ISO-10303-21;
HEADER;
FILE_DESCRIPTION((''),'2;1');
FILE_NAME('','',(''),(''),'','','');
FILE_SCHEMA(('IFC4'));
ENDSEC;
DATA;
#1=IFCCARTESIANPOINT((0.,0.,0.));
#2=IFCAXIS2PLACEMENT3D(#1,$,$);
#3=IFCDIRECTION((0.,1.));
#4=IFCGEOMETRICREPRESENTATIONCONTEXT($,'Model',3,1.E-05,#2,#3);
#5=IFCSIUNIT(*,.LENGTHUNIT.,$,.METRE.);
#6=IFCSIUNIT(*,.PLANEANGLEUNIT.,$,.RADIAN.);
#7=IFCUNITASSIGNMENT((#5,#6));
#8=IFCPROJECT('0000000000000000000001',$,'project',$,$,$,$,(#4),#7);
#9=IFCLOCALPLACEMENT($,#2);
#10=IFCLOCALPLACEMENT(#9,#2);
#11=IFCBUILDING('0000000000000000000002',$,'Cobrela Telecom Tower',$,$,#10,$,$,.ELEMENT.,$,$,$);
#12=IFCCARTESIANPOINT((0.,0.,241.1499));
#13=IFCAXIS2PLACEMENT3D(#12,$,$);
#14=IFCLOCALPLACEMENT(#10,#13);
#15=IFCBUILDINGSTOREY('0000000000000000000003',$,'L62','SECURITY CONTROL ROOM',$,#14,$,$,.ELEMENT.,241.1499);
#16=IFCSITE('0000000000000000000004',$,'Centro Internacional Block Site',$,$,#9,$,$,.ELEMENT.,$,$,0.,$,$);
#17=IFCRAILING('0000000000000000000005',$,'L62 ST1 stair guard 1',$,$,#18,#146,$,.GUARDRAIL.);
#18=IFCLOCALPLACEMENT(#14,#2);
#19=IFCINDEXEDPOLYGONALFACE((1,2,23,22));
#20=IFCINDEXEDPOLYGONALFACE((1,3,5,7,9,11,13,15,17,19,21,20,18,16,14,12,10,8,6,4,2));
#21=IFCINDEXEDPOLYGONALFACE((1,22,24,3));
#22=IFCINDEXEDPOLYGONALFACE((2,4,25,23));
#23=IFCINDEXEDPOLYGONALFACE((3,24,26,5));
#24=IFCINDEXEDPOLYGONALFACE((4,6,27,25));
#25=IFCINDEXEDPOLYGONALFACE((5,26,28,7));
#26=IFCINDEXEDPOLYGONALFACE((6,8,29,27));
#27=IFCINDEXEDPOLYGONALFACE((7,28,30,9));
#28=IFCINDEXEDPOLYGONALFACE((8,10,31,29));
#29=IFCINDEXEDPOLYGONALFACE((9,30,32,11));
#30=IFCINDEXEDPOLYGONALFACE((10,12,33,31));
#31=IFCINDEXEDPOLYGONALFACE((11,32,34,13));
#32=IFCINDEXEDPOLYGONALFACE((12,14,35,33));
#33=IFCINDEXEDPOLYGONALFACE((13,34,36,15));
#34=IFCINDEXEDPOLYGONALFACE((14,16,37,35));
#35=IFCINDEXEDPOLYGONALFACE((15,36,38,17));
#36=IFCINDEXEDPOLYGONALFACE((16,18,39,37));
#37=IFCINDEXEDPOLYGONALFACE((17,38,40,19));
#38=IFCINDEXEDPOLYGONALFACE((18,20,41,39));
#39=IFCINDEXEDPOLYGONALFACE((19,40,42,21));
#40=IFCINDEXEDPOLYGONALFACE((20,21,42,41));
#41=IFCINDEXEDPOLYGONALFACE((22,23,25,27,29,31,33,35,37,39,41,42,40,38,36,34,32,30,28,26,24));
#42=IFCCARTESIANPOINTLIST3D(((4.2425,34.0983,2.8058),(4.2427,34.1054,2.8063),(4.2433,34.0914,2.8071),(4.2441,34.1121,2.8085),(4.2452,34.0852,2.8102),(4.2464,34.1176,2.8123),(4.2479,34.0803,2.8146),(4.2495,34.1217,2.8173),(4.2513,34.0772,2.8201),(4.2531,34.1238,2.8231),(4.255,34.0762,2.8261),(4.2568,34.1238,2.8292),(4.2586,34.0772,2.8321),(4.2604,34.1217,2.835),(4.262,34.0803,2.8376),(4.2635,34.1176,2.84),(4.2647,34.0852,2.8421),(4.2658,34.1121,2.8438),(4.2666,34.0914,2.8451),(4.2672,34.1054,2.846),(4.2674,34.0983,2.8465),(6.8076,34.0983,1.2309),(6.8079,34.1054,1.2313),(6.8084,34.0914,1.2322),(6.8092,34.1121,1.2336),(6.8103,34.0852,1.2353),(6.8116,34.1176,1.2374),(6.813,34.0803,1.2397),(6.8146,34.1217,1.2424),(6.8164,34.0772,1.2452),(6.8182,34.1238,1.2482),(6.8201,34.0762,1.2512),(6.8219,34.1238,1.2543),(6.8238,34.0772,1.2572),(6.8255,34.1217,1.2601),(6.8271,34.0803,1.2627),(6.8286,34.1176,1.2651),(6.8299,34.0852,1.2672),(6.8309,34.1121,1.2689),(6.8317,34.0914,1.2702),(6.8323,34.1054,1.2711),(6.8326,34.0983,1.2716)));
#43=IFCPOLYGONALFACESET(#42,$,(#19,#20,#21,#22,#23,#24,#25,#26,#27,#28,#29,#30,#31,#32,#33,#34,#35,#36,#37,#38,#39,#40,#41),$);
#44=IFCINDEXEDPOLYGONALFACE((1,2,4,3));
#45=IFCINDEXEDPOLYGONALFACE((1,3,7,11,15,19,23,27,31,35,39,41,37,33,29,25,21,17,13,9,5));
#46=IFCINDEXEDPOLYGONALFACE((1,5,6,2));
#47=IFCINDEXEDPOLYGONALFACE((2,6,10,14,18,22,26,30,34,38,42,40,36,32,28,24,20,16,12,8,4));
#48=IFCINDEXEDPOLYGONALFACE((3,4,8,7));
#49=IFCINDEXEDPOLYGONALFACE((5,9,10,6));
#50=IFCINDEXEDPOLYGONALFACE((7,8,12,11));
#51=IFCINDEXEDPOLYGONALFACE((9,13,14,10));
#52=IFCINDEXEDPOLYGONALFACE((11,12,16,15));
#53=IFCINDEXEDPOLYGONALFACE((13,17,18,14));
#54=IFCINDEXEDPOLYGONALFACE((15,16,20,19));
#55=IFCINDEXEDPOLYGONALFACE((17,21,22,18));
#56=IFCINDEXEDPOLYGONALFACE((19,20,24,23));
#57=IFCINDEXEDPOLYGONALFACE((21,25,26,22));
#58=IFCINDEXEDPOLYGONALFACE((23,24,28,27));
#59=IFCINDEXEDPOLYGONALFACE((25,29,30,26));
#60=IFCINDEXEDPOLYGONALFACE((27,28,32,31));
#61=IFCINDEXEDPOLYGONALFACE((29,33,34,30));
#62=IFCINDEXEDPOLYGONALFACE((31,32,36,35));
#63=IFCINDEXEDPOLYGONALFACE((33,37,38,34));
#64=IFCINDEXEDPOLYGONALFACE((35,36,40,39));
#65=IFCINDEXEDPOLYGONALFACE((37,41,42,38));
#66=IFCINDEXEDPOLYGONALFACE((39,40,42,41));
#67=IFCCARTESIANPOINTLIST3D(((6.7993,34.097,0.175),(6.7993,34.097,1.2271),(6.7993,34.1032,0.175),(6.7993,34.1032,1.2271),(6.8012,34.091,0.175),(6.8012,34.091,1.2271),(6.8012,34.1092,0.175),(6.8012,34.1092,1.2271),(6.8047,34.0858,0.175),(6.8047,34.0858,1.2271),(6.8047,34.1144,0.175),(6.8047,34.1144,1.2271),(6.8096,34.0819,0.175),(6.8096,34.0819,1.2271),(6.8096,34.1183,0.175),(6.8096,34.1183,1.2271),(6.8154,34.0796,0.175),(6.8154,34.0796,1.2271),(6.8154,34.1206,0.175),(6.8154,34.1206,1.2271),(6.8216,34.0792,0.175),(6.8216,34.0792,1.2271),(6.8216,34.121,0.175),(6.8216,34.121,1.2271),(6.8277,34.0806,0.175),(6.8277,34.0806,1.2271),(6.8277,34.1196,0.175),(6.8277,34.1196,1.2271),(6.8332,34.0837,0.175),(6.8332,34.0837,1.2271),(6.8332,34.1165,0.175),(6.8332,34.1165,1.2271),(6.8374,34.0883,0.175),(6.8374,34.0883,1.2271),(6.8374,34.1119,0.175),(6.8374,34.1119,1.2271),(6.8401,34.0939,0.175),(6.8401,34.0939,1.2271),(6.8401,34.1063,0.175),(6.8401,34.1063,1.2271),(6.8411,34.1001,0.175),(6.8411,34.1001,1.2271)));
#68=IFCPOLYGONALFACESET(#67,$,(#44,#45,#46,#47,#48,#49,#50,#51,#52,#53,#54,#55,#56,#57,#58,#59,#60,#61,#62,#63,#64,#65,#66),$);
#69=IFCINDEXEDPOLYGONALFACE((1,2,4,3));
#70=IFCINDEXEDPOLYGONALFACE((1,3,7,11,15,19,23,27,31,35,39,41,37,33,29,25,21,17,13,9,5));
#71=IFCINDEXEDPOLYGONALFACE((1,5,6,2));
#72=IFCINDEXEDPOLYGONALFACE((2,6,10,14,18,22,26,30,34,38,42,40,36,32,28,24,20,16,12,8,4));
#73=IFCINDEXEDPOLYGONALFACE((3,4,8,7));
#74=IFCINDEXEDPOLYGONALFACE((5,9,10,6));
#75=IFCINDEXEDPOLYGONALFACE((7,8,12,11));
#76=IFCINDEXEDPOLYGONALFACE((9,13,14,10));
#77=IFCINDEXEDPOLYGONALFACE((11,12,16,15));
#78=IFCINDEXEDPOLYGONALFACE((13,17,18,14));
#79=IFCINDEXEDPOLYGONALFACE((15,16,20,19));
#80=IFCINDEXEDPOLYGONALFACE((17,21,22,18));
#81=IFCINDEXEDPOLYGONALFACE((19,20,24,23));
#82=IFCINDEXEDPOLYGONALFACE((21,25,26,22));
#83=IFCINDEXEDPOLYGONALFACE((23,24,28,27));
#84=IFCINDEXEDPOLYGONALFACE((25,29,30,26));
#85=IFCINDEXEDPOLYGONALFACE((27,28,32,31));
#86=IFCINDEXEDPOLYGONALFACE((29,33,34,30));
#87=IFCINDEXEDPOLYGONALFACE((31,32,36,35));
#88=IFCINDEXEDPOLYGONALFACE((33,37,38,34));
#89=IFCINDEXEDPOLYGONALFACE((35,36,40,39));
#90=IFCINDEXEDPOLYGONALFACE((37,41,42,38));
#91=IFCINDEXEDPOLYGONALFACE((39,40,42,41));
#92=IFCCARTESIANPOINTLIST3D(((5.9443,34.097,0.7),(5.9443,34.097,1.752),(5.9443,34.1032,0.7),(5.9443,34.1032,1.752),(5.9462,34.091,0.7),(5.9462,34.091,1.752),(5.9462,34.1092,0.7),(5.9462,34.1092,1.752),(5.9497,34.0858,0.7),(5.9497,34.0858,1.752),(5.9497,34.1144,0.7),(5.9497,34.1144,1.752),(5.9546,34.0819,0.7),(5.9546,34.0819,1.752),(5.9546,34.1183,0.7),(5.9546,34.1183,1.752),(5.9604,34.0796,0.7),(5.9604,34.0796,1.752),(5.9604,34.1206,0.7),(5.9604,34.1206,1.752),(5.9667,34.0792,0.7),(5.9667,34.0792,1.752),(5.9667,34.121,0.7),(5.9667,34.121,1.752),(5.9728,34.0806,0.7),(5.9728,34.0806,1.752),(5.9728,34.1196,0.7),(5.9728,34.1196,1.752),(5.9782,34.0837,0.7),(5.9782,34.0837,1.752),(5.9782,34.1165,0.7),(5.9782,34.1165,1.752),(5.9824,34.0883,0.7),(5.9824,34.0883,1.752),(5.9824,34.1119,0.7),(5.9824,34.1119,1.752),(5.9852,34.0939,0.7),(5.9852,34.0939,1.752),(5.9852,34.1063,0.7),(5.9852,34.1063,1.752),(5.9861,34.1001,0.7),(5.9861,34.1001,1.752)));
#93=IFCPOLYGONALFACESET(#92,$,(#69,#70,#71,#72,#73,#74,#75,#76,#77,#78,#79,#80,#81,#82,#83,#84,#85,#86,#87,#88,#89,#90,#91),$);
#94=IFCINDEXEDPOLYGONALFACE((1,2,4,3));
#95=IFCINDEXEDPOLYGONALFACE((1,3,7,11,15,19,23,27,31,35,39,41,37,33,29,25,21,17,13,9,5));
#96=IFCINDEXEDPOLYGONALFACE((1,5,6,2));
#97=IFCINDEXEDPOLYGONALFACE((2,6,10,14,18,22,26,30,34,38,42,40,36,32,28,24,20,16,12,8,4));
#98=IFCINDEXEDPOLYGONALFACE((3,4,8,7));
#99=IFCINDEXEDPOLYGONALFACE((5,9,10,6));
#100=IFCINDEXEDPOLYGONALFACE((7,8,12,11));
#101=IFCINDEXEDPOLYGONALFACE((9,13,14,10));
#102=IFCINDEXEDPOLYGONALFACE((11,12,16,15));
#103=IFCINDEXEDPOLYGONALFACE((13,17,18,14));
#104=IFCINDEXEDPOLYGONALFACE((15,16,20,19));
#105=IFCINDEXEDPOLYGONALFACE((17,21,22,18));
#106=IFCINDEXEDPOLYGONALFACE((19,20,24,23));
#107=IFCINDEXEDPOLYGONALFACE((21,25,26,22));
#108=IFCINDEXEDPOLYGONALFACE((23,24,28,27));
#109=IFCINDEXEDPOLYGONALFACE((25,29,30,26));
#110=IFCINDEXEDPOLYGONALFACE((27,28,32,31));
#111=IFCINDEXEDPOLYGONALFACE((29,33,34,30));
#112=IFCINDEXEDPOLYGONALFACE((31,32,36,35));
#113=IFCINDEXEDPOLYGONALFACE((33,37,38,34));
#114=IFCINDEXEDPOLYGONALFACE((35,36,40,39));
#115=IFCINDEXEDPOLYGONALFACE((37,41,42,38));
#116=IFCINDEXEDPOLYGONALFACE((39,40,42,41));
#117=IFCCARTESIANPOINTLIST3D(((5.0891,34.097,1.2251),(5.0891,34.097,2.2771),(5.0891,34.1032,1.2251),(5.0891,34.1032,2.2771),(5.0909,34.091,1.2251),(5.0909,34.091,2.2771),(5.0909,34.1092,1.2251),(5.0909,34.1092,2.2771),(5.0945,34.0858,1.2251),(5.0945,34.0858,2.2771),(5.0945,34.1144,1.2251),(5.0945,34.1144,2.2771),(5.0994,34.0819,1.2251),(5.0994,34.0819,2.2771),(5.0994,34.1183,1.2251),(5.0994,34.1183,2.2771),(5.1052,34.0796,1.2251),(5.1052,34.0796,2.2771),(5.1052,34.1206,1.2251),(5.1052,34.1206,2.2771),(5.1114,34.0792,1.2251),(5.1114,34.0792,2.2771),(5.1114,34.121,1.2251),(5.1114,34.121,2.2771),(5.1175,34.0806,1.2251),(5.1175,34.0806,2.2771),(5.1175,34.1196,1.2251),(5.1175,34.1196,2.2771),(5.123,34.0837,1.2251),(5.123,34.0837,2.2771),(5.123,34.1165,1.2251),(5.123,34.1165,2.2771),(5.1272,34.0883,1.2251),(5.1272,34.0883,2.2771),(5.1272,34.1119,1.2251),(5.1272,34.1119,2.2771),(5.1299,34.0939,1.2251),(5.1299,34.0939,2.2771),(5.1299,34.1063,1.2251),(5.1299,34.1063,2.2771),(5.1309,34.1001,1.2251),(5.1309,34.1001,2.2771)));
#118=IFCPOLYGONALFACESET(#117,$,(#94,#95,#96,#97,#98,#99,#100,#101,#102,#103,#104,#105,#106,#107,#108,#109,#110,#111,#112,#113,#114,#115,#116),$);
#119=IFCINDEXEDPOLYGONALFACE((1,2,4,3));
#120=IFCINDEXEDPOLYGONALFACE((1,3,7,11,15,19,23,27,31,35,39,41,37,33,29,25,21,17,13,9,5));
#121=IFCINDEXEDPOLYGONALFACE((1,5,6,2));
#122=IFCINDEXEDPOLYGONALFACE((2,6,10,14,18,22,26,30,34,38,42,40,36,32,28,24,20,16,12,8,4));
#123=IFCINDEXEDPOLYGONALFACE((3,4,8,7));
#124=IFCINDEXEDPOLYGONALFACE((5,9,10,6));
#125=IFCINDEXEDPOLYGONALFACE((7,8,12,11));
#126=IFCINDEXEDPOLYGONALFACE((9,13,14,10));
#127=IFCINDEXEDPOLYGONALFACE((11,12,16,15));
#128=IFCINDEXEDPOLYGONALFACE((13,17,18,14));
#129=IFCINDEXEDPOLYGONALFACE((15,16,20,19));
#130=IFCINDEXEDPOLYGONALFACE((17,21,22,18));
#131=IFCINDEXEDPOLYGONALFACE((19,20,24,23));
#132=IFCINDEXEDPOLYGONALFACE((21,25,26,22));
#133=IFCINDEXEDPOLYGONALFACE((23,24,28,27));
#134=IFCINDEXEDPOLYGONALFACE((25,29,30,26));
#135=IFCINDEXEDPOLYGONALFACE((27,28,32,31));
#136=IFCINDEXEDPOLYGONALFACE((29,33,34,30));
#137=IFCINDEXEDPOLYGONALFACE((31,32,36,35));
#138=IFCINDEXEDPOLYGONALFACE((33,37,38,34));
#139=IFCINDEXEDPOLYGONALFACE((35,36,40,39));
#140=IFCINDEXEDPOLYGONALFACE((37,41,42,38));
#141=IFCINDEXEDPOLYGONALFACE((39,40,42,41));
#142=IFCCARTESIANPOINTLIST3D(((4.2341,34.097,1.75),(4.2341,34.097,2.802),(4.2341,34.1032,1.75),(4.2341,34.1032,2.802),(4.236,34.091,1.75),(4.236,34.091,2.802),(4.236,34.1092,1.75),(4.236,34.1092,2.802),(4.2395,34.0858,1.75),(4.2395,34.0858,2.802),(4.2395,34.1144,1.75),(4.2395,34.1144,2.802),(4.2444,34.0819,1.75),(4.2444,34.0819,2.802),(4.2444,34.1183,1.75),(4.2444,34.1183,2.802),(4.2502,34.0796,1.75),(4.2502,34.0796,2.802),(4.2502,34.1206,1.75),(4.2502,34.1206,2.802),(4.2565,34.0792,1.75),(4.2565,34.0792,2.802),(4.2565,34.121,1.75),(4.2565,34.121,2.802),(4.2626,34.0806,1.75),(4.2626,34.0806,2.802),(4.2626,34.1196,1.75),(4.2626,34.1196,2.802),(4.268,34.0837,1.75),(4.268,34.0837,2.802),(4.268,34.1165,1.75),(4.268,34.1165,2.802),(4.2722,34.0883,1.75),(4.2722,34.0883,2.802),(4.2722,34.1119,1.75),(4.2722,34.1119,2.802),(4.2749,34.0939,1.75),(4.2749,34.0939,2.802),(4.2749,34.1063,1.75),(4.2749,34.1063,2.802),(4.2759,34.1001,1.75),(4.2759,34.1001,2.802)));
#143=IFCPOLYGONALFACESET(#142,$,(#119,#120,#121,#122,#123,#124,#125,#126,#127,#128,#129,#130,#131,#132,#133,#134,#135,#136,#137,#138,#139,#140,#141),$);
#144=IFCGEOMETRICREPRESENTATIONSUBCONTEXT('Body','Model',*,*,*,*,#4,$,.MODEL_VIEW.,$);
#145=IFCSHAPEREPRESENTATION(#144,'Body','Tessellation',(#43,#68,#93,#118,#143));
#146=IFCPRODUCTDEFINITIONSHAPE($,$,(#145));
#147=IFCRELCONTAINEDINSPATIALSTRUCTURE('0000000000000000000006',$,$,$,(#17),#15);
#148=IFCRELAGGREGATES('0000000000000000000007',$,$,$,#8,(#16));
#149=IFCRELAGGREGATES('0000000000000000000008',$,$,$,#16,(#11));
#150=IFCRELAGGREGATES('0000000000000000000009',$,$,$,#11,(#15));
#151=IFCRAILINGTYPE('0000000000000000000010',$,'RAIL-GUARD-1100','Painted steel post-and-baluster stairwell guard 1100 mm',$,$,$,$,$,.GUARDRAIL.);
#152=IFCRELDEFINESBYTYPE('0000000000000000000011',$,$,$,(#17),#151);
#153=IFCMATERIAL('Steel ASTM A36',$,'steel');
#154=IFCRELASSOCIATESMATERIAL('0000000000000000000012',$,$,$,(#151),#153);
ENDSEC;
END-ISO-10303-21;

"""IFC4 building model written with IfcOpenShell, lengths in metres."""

from ifc_helpers import new_model, si_unit, direction, frame, origin, origin_2d, place, context, subcontext, project, spatial, circle, extrude, material, type_object, element, save


model = new_model("IFC4")

# Units and contexts
model_context = context("Model", 3, precision=1e-05, world=origin(), true_north=direction((0.0, 1.0)))
body_context = subcontext(model_context, "Body", "Model", "MODEL_VIEW")
ifc_project = project(units=[si_unit("LENGTHUNIT", "METRE"), si_unit("PLANEANGLEUNIT", "RADIAN")], contexts=[model_context])

# Site, building, storey
site_placement = place(None, origin())
site = spatial("IfcSite", under=ifc_project, at=site_placement, Name="Centro Internacional Block Site", CompositionType="ELEMENT", RefElevation=0.0)
building_placement = place(site_placement, origin())
building = spatial("IfcBuilding", under=site, at=building_placement, Name="Cobrela Telecom Tower", CompositionType="ELEMENT")
storey_placement = place(building_placement, frame((0.0, 0.0, 241.1499)))
storey = spatial("IfcBuildingStorey", under=building, at=storey_placement, Name="L62", Description="SECURITY CONTROL ROOM", CompositionType="ELEMENT", Elevation=241.1499)

# Shared definitions
ifc_material_1 = material(Name="Steel ASTM A36", Category="steel")

# Railing
railing_type_1 = type_object("IfcRailingType", Name="RAIL-GUARD-1100", Description="Painted steel post-and-baluster stairwell guard 1100 mm", PredefinedType="GUARDRAIL", material=ifc_material_1)
railing_1_placement = place(storey_placement, frame((6.8201, 34.1001, 0.175)))
element("IfcRailing", 1, at=railing_1_placement, inside=storey, type_object=railing_type_1, Name="L62 ST1 stair guard 1", PredefinedType="GUARDRAIL", context=body_context, shape_type="SweptSolid", body=[
    extrude(circle(Radius=0.0239, at=origin_2d()), frame((0.0, 0.0, 1.0762), z_axis=(-0.852195, 0.0, 0.523224), x_axis=(0.0, -1.0, 0.0)), (0.0, 0.0, 1.0), 3.01),
    extrude(circle(Radius=0.021, at=origin_2d()), origin(), (0.0, 0.0, 1.0), 1.052),
    extrude(circle(Radius=0.021, at=origin_2d()), frame((-0.855, 0.0, 0.5249)), (0.0, 0.0, 1.0), 1.052),
    extrude(circle(Radius=0.021, at=origin_2d()), frame((-1.7102, 0.0, 1.05)), (0.0, 0.0, 1.0), 1.052),
    extrude(circle(Radius=0.021, at=origin_2d()), frame((-2.5652, 0.0, 1.575)), (0.0, 0.0, 1.0), 1.052),
])

save(model, "model.ifc")
